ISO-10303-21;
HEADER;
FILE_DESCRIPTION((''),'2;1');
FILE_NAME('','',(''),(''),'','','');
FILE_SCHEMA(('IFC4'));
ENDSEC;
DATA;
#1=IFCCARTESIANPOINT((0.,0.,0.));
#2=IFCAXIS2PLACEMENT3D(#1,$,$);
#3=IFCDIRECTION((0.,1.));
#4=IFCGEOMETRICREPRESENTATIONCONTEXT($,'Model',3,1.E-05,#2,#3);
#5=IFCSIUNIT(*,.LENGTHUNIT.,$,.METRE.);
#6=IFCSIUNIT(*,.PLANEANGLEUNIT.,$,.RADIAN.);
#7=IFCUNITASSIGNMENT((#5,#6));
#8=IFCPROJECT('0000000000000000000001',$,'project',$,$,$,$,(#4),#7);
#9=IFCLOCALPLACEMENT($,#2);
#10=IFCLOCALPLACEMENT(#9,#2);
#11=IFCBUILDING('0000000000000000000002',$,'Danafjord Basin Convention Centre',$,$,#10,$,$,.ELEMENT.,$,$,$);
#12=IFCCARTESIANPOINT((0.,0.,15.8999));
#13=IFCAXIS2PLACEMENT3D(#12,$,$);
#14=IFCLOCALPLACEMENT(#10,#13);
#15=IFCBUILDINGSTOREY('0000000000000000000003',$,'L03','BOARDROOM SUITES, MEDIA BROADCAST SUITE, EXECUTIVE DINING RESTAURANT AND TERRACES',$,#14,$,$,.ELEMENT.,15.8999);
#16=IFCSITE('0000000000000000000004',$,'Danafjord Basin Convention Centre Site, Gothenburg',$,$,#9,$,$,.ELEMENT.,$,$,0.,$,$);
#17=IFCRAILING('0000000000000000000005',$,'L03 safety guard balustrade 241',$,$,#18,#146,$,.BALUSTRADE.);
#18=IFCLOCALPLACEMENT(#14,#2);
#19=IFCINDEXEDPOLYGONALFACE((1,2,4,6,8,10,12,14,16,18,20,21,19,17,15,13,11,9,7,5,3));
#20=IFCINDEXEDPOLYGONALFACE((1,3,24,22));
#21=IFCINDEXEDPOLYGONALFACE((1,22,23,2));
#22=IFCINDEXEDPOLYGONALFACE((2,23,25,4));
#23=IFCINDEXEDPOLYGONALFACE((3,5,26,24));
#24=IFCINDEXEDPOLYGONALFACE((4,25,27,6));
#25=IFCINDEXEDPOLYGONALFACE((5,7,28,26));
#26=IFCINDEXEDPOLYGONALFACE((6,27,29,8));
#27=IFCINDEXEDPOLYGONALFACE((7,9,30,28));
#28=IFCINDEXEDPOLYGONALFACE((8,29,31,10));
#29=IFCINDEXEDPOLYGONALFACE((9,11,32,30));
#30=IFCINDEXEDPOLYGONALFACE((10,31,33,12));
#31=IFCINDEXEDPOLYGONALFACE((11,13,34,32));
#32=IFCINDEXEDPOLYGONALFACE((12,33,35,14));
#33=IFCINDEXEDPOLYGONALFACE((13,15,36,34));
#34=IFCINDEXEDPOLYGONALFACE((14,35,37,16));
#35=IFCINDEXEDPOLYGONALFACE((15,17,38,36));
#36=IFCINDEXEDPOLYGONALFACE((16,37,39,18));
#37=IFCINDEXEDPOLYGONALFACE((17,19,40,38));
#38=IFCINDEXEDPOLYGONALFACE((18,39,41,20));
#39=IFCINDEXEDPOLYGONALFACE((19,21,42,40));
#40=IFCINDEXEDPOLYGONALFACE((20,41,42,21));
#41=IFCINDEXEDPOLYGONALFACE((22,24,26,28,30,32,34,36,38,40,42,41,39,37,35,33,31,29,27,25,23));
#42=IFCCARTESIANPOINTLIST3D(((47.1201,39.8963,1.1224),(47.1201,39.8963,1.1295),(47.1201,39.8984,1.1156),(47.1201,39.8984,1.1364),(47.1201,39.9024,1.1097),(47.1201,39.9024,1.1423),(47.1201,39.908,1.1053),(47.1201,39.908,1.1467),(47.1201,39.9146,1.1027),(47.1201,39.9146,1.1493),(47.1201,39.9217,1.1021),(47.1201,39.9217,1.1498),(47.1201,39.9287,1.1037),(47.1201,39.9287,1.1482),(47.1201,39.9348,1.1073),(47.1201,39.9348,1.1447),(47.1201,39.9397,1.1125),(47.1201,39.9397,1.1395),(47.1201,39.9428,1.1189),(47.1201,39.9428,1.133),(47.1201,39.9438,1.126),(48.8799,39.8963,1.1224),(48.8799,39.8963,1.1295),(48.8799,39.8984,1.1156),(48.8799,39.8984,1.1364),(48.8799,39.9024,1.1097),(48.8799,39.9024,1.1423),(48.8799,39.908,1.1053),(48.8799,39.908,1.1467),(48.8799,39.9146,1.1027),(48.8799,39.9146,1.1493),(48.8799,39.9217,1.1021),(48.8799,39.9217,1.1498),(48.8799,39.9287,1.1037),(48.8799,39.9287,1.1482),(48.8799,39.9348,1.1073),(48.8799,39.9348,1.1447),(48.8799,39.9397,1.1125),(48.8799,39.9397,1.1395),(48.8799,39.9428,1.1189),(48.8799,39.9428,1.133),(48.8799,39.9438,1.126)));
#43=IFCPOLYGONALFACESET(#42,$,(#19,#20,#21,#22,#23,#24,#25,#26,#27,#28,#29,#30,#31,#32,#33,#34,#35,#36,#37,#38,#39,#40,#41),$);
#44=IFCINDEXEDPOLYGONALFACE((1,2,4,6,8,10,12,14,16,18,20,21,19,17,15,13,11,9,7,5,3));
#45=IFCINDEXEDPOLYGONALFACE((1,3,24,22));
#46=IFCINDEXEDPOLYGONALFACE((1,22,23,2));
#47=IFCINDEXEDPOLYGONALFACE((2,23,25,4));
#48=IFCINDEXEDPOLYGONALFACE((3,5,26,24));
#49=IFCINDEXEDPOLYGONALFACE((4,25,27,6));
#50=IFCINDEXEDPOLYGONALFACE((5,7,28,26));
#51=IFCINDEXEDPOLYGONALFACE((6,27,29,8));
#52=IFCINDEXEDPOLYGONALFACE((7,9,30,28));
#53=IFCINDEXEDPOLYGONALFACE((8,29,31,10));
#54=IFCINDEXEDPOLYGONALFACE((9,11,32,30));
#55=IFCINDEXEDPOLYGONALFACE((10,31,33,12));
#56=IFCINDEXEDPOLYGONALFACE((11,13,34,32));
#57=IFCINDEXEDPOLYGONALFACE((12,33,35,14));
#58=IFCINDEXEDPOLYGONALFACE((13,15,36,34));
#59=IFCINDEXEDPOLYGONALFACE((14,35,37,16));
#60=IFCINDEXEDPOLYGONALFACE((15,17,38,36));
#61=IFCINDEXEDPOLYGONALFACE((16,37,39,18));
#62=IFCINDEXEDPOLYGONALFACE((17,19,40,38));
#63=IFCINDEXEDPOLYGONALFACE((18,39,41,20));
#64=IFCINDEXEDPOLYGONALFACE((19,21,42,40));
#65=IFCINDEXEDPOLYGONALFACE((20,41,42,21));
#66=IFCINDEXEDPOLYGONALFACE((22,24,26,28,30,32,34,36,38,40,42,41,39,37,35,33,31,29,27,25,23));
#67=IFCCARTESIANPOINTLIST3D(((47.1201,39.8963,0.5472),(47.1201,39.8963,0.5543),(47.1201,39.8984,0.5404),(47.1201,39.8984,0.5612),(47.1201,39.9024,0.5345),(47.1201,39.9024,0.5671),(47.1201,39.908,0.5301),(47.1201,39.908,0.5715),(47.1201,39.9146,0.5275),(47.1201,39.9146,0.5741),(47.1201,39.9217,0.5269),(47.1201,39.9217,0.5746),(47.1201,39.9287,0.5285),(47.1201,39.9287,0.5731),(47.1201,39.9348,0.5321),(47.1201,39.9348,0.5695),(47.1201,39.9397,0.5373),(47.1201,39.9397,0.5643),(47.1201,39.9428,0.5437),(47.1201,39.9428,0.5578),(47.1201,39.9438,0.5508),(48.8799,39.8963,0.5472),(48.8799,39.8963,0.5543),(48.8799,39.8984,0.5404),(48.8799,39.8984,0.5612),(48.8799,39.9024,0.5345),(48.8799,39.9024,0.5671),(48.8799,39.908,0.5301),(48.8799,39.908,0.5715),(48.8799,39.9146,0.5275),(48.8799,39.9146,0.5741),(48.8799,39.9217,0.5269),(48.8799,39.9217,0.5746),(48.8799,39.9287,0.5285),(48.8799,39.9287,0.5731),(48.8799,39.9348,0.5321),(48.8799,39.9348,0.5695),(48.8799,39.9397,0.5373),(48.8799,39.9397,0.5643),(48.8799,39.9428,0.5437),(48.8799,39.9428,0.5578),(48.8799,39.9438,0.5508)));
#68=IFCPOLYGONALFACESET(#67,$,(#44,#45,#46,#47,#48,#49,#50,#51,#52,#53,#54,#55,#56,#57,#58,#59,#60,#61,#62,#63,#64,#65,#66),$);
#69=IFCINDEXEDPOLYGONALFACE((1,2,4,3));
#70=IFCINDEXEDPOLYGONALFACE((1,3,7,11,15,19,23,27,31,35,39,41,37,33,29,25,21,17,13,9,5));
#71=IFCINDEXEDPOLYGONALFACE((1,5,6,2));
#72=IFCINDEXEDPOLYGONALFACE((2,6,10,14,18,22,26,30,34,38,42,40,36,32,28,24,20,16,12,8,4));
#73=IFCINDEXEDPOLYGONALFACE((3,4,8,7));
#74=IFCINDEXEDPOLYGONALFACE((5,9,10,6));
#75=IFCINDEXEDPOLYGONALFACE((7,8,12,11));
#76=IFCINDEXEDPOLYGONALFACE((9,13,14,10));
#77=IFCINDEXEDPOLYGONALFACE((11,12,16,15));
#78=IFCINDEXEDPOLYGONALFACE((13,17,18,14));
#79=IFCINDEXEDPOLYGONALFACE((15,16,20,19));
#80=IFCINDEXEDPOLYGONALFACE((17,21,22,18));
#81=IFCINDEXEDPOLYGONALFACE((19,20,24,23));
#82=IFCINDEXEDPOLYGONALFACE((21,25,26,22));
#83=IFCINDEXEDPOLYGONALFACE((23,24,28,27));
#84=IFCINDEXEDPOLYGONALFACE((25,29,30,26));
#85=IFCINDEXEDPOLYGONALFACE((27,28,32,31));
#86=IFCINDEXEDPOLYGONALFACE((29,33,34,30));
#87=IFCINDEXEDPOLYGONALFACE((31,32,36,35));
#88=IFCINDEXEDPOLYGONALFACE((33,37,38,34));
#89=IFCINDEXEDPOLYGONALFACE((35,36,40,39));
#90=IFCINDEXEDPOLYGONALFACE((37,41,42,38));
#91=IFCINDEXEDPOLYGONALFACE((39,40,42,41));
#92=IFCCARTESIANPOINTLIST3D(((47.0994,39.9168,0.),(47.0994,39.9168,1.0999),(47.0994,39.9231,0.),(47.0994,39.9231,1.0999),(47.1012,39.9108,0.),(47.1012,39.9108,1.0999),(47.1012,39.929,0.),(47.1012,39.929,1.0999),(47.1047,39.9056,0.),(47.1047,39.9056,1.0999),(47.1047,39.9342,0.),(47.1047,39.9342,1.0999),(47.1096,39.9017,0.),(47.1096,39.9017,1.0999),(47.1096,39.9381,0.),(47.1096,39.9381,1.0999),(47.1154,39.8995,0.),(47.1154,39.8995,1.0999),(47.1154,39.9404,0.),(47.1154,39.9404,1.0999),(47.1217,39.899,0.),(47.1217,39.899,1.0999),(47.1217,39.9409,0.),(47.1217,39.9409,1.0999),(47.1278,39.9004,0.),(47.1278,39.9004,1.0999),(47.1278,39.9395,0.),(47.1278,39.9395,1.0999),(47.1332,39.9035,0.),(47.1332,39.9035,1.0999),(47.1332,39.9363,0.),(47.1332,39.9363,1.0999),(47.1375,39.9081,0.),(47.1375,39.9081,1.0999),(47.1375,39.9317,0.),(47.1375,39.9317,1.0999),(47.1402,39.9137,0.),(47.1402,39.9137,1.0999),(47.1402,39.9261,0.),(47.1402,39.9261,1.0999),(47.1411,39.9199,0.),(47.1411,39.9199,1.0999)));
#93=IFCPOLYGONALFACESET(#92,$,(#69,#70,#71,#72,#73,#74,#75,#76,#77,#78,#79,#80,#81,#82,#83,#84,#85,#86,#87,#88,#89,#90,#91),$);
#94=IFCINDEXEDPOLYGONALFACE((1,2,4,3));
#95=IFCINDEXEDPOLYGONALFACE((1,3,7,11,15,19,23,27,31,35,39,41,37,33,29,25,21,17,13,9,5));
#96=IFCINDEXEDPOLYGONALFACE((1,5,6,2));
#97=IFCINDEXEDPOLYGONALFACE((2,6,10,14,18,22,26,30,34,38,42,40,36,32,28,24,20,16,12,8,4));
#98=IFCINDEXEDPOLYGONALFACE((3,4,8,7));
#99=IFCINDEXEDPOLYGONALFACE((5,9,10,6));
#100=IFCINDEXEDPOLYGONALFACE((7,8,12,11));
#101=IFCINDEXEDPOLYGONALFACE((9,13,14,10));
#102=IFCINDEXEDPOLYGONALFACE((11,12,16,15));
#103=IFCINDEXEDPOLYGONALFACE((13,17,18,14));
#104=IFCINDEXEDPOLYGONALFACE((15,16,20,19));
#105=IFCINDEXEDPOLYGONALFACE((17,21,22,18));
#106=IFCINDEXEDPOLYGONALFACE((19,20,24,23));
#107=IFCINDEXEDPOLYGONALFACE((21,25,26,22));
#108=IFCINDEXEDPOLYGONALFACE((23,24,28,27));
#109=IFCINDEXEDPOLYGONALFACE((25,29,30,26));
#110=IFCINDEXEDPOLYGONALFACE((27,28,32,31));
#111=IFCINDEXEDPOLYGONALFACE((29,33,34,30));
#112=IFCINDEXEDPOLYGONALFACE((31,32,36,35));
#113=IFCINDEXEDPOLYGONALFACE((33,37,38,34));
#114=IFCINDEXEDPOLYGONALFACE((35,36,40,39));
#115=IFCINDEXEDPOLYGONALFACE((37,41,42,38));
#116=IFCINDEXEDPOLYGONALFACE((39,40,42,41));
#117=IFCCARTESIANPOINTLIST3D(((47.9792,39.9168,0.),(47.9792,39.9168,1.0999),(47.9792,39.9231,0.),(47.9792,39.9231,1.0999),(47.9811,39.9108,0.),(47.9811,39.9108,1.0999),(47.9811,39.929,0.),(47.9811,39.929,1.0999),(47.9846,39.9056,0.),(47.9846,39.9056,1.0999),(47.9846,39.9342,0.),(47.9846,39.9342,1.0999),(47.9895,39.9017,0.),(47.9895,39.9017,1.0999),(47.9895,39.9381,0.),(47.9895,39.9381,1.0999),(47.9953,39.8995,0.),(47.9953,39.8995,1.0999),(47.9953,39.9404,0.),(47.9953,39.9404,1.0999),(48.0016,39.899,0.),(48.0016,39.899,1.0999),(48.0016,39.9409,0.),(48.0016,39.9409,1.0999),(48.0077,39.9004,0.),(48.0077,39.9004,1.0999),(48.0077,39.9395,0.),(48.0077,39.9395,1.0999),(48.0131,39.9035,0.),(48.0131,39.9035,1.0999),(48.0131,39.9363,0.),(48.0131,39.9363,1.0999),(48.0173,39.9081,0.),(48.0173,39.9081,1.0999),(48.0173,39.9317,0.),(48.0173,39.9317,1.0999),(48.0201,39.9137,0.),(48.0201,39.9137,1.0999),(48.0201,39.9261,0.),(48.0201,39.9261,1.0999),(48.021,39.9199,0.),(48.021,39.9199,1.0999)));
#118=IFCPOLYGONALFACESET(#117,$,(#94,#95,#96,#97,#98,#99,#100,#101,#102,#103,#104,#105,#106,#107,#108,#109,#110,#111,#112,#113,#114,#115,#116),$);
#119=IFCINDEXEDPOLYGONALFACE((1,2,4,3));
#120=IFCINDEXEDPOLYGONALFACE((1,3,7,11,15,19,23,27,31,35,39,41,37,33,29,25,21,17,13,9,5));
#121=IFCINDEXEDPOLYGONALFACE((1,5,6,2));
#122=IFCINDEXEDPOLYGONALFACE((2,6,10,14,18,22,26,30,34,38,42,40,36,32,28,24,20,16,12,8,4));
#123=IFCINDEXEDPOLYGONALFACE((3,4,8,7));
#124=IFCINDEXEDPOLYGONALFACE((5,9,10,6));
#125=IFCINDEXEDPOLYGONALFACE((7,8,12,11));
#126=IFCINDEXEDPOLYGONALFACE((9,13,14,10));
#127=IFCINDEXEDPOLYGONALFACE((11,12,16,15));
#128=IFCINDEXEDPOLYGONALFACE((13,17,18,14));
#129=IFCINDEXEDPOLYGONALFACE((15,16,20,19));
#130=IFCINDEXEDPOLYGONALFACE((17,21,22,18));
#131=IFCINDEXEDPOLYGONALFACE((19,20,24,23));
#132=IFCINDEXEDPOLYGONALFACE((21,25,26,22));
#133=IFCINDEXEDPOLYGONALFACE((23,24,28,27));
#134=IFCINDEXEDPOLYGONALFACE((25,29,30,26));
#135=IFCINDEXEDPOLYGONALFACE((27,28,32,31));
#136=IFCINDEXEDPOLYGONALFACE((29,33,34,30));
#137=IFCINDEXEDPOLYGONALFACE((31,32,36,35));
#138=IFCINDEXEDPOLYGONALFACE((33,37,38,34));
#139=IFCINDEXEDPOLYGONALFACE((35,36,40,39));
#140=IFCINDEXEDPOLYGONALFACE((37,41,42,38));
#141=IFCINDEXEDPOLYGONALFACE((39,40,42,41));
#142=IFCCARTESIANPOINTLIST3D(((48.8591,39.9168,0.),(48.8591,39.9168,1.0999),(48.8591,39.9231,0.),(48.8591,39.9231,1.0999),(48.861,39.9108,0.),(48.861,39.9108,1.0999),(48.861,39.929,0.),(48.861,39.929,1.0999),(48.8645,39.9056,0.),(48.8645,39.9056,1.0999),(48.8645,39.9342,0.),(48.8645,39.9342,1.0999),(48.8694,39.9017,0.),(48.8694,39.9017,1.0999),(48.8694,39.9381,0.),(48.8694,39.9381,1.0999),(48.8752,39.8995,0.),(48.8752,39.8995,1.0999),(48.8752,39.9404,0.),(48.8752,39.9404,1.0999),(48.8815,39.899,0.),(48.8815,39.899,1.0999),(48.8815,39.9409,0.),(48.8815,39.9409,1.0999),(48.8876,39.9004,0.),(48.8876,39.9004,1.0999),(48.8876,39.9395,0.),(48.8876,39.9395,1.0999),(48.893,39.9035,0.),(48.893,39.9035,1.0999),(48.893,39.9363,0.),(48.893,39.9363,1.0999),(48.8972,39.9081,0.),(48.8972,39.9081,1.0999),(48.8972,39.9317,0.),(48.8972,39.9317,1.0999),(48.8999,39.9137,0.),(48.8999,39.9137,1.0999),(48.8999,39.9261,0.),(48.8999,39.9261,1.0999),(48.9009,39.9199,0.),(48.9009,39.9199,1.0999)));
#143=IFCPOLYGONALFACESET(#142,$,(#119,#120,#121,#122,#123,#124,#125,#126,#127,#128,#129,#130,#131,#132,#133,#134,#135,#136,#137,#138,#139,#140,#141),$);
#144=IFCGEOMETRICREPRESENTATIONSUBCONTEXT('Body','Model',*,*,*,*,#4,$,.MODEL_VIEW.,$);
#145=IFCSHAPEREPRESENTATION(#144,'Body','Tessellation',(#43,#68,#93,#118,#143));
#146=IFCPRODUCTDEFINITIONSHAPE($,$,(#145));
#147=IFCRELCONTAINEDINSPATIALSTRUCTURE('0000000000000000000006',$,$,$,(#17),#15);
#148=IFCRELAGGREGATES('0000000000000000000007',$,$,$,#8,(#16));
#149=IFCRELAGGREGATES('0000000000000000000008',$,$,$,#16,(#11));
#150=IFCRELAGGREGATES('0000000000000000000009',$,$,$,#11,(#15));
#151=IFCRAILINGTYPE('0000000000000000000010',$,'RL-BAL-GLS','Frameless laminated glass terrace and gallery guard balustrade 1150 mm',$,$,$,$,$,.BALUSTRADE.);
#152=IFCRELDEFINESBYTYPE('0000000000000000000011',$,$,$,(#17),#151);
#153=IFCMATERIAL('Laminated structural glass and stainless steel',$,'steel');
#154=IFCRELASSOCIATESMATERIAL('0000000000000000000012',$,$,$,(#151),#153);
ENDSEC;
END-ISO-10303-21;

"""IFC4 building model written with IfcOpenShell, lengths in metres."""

from ifc_helpers import new_model, si_unit, direction, frame, origin, origin_2d, place, context, subcontext, project, spatial, circle, extrude, material, type_object, element, save


model = new_model("IFC4")

# Units and contexts
model_context = context("Model", 3, precision=1e-05, world=origin(), true_north=direction((0.0, 1.0)))
body_context = subcontext(model_context, "Body", "Model", "MODEL_VIEW")
ifc_project = project(units=[si_unit("LENGTHUNIT", "METRE"), si_unit("PLANEANGLEUNIT", "RADIAN")], contexts=[model_context])

# Site, building, storey
site_placement = place(None, origin())
site = spatial("IfcSite", under=ifc_project, at=site_placement, Name="Danafjord Basin Convention Centre Site, Gothenburg", CompositionType="ELEMENT", RefElevation=0.0)
building_placement = place(site_placement, origin())
building = spatial("IfcBuilding", under=site, at=building_placement, Name="Danafjord Basin Convention Centre", CompositionType="ELEMENT")
storey_placement = place(building_placement, frame((0.0, 0.0, 15.8999)))
storey = spatial("IfcBuildingStorey", under=building, at=storey_placement, Name="L03", Description="BOARDROOM SUITES, MEDIA BROADCAST SUITE, EXECUTIVE DINING RESTAURANT AND TERRACES", CompositionType="ELEMENT", Elevation=15.8999)

# Railing
ifc_material_1 = material(Name="Laminated structural glass and stainless steel", Category="steel")
railing_type = type_object("IfcRailingType", Name="RL-BAL-GLS", Description="Frameless laminated glass terrace and gallery guard balustrade 1150 mm", PredefinedType="BALUSTRADE", material=ifc_material_1)
railing_1_placement = place(storey_placement, frame((47.1201, 39.9199, 0.0)))
element("IfcRailing", 1, at=railing_1_placement, inside=storey, type_object=railing_type, Name="L03 safety guard balustrade 241", PredefinedType="BALUSTRADE", context=body_context, shape_type="SweptSolid", body=[
    extrude(circle(Radius=0.0239, at=origin_2d()), frame((0.0, 0.0, 1.126), z_axis=(1.0, 0.0, 0.0), x_axis=(0.0, 1.0, 0.0)), (0.0, 0.0, 1.0), 1.7598),
    extrude(circle(Radius=0.0239, at=origin_2d()), frame((0.0, 0.0, 0.5508), z_axis=(1.0, 0.0, 0.0), x_axis=(0.0, 1.0, 0.0)), (0.0, 0.0, 1.0), 1.7598),
    extrude(circle(Radius=0.021, at=origin_2d()), origin(), (0.0, 0.0, 1.0), 1.0999),
    extrude(circle(Radius=0.021, at=origin_2d()), frame((0.8799, 0.0, 0.0)), (0.0, 0.0, 1.0), 1.0999),
    extrude(circle(Radius=0.021, at=origin_2d()), frame((1.7598, 0.0, 0.0)), (0.0, 0.0, 1.0), 1.0999),
])

save(model, "model.ifc")
